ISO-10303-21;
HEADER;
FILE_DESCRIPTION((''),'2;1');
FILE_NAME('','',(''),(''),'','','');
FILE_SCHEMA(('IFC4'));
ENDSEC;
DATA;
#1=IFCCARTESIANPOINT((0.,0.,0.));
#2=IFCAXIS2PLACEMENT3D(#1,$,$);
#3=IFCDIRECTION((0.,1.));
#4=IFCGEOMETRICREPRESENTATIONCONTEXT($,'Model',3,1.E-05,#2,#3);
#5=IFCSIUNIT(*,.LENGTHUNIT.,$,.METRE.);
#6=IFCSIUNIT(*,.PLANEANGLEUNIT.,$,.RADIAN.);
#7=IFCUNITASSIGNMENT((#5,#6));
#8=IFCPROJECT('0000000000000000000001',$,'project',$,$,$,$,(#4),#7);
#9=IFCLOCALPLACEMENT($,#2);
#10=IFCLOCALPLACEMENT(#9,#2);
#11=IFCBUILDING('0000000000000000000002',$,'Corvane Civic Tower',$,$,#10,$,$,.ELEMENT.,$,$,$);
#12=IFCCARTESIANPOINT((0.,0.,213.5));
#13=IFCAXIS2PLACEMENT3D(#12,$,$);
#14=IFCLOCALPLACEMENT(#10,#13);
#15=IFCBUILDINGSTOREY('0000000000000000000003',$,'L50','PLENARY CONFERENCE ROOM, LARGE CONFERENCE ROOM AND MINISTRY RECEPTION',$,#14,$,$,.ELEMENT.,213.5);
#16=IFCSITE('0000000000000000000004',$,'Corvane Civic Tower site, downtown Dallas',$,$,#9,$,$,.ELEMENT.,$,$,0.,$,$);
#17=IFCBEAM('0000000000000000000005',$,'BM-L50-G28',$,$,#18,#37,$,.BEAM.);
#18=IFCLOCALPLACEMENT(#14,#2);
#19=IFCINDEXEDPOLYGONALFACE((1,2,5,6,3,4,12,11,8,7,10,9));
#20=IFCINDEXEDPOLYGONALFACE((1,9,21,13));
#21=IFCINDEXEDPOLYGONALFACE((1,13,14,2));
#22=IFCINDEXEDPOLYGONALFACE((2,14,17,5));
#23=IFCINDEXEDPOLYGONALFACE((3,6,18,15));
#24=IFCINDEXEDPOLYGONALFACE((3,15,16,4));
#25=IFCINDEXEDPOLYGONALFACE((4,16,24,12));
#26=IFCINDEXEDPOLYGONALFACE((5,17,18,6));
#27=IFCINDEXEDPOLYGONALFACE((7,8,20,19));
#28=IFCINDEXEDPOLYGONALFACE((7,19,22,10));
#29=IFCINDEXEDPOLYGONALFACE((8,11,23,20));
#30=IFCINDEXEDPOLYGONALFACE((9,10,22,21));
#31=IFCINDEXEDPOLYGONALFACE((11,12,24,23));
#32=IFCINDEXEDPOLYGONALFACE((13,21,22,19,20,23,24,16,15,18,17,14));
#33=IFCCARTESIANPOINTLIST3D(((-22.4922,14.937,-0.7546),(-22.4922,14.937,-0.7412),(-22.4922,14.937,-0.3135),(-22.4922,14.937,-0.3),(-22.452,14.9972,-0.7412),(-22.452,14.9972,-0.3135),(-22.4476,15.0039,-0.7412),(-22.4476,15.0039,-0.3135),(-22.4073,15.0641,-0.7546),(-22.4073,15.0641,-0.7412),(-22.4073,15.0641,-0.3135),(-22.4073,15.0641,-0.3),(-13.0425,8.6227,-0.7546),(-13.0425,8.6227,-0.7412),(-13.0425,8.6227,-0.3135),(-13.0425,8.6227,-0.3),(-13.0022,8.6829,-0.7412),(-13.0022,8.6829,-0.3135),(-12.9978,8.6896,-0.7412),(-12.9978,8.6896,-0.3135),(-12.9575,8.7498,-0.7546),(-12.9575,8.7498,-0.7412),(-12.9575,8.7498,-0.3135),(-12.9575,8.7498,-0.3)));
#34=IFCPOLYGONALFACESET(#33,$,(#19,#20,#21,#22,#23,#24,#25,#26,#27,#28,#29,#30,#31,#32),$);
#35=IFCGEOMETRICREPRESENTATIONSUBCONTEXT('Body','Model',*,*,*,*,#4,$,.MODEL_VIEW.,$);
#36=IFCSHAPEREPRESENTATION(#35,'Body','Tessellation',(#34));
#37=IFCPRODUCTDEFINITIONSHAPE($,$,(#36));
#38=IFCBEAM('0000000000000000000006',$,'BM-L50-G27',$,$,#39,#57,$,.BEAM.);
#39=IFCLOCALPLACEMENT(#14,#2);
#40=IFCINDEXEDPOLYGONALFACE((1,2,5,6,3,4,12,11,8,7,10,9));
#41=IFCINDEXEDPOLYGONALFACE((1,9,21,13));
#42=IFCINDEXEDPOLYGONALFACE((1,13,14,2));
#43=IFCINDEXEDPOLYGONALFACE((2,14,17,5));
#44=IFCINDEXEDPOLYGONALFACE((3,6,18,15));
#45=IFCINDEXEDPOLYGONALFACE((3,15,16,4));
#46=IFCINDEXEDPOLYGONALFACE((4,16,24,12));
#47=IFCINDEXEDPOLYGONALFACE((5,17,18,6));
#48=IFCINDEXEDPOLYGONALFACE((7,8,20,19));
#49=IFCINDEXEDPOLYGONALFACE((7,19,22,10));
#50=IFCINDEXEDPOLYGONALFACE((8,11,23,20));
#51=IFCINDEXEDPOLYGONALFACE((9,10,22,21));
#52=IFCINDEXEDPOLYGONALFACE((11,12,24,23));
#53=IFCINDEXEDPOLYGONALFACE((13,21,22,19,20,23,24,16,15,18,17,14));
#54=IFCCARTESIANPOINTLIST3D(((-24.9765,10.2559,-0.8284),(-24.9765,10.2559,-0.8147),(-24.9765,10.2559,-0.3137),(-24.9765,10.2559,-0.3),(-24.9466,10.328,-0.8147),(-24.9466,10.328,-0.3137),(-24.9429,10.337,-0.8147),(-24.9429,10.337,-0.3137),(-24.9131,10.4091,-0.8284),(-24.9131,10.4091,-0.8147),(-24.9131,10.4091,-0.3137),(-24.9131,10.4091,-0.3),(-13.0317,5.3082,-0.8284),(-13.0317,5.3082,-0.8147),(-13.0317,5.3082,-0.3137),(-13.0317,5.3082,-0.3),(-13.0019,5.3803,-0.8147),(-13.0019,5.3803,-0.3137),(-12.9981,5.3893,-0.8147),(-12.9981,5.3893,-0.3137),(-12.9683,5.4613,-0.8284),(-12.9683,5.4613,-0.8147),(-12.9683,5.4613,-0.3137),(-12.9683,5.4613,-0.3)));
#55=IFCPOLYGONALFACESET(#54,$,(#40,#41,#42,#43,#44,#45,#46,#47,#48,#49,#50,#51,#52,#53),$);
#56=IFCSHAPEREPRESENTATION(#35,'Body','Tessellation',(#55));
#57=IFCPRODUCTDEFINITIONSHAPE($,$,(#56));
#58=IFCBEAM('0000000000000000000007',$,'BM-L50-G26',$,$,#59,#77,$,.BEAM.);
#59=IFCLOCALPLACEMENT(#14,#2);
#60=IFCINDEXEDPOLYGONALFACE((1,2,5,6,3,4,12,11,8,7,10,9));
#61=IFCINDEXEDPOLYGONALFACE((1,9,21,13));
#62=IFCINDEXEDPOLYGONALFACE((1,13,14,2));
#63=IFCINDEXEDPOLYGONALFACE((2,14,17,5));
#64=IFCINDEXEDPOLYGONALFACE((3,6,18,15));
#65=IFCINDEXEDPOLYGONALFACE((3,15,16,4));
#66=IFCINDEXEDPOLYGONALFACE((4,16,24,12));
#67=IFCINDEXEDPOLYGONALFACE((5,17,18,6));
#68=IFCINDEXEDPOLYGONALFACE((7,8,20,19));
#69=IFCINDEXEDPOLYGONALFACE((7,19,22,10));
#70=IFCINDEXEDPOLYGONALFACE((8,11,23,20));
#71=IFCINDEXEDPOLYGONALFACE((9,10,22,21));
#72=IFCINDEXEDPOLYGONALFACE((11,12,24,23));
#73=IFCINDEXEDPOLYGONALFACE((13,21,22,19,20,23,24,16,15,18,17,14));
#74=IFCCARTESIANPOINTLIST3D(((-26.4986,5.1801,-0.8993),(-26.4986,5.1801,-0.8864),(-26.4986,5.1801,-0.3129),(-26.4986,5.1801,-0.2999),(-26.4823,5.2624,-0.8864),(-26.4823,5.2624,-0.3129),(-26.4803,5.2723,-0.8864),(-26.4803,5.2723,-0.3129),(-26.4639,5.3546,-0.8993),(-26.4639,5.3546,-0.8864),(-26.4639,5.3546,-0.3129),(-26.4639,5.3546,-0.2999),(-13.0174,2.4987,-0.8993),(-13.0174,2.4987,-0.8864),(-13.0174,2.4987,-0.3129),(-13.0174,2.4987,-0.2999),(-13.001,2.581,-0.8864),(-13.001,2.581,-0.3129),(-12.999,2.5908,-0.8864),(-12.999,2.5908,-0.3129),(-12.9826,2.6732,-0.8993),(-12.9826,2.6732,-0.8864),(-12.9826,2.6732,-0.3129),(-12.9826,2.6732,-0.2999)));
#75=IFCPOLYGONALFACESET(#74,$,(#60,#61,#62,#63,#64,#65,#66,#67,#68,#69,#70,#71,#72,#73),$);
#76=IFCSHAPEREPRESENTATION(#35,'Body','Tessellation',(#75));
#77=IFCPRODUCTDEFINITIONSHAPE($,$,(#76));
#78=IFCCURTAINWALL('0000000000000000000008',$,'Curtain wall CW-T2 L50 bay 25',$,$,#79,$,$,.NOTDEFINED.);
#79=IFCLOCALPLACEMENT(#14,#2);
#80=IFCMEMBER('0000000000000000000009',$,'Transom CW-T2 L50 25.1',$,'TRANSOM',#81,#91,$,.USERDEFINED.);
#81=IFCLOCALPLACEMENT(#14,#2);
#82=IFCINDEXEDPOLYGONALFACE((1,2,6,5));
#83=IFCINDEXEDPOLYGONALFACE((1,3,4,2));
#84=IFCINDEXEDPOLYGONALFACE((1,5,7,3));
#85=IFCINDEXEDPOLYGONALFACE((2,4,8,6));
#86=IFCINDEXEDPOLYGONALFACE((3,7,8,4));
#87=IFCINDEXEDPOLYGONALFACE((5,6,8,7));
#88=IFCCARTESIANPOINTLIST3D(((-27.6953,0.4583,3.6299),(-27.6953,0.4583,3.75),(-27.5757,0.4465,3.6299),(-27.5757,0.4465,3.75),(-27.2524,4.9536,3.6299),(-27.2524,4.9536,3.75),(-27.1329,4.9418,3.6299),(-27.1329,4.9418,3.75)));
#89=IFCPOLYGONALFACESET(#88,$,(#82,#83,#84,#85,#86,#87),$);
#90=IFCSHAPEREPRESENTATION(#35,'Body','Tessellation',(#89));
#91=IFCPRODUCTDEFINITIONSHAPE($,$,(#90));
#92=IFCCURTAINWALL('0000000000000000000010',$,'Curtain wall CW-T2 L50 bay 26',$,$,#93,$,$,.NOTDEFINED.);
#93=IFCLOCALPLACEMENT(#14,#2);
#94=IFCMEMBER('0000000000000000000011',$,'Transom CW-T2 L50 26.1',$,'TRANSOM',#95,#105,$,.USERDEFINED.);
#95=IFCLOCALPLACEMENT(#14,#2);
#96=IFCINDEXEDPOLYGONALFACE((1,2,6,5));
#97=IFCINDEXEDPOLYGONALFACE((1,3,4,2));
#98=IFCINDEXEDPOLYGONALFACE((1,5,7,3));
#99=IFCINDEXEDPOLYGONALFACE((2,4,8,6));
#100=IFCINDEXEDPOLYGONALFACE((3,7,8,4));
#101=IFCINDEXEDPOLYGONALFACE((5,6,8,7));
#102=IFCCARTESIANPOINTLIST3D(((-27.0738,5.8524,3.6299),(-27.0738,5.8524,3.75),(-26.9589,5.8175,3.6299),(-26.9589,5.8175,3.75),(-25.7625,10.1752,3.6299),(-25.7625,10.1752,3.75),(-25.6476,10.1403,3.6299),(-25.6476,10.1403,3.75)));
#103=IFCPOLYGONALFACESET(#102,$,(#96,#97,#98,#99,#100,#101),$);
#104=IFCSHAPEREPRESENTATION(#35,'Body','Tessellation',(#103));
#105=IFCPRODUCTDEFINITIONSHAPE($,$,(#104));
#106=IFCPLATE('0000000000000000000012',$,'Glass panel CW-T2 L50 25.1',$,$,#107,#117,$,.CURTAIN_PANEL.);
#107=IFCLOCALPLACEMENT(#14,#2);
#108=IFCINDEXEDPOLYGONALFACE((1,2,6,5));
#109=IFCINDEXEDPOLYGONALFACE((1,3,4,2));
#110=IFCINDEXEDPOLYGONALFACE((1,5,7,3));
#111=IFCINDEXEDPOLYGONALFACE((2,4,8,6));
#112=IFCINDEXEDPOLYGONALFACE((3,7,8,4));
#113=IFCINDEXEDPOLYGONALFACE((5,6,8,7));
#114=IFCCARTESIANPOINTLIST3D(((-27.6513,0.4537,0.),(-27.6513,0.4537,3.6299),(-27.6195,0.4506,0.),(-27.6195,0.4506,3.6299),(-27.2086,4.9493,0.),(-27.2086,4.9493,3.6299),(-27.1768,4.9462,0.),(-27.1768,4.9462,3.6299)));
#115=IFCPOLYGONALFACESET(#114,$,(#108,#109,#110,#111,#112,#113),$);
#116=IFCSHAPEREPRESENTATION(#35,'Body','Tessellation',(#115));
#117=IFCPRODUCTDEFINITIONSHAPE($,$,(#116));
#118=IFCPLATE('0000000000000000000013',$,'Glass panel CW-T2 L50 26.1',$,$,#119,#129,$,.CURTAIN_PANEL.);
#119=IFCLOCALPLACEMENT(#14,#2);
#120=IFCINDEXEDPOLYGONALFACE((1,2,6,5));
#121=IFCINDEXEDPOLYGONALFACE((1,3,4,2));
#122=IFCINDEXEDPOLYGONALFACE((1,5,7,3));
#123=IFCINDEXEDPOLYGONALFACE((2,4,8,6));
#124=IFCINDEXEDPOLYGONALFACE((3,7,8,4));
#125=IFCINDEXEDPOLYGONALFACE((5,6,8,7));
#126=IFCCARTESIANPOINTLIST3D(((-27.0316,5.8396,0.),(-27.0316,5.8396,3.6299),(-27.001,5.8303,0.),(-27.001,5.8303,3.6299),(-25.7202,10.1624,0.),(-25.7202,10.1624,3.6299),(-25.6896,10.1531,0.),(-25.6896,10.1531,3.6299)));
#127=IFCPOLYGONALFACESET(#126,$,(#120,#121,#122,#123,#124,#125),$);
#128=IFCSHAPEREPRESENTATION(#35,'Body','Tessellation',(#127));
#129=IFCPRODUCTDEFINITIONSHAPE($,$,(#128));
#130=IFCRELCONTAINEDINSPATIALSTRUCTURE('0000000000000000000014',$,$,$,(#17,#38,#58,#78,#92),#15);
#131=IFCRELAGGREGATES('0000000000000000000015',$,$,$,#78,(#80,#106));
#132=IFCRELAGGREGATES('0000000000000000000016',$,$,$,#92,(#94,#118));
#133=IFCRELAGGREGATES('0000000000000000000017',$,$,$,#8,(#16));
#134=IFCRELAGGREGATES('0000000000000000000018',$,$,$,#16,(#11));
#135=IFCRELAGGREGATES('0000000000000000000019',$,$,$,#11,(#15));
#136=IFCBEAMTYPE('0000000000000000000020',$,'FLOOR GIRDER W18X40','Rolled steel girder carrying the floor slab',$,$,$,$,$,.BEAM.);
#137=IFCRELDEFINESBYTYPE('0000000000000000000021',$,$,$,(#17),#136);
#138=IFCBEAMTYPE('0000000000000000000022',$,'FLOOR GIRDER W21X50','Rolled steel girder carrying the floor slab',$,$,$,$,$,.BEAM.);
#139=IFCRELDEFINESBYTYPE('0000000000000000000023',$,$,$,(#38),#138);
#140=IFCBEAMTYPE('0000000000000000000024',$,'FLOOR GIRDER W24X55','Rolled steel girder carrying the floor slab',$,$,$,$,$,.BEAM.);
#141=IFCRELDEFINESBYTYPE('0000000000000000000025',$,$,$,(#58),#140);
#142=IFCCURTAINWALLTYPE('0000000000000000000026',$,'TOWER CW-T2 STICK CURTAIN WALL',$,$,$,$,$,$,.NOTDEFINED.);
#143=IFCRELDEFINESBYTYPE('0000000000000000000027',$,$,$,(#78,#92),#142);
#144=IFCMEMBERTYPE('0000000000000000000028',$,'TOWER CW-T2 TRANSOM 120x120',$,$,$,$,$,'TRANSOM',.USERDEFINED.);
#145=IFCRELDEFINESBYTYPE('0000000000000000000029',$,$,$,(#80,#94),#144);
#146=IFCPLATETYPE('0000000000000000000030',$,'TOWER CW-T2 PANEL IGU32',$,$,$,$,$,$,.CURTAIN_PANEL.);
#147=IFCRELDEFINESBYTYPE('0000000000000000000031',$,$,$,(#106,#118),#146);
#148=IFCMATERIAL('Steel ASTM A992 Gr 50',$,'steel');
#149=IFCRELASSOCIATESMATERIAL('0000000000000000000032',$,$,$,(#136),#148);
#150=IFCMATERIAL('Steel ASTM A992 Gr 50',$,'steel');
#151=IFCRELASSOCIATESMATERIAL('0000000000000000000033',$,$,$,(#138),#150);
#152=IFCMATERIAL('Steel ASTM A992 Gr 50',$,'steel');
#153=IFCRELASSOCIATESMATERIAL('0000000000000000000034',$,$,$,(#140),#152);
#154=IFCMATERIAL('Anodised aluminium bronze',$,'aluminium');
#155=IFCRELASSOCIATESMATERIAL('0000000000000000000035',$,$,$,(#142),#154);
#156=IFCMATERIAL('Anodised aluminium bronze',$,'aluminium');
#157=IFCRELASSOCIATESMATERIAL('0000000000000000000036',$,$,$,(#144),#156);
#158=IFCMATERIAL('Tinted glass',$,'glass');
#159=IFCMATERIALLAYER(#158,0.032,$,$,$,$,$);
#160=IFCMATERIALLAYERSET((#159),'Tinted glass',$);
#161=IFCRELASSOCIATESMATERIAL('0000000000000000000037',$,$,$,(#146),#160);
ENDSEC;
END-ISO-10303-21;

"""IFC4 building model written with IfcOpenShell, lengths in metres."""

from ifc_helpers import new_model, si_unit, direction, frame, origin, origin_2d, place, context, subcontext, project, spatial, rectangle, i_section, extrude, material, layer, layer_set, material_profile, profile_set, type_object, element, aggregate, save


model = new_model("IFC4")

# Units and contexts
model_context = context("Model", 3, precision=1e-05, world=origin(), true_north=direction((0.0, 1.0)))
body_context = subcontext(model_context, "Body", "Model", "MODEL_VIEW")
ifc_project = project(units=[si_unit("LENGTHUNIT", "METRE"), si_unit("PLANEANGLEUNIT", "RADIAN")], contexts=[model_context])

# Site, building, storey
site_placement = place(None, origin())
site = spatial("IfcSite", under=ifc_project, at=site_placement, Name="Corvane Civic Tower site, downtown Dallas", CompositionType="ELEMENT", RefElevation=0.0)
building_placement = place(site_placement, origin())
building = spatial("IfcBuilding", under=site, at=building_placement, Name="Corvane Civic Tower", CompositionType="ELEMENT")
storey_placement = place(building_placement, frame((0.0, 0.0, 213.5)))
storey = spatial("IfcBuildingStorey", under=building, at=storey_placement, Name="L50", Description="PLENARY CONFERENCE ROOM, LARGE CONFERENCE ROOM AND MINISTRY RECEPTION", CompositionType="ELEMENT", Elevation=213.5)

# Beams
ifc_material_1 = material(Name="Steel ASTM A992 Gr 50", Category="steel")
ifc_material_profile_1 = material_profile(ifc_material_1, i_section(OverallWidth=0.1528, OverallDepth=0.4546, WebThickness=0.0081, FlangeThickness=0.0134, at=origin_2d()), Name="W18X40")
ifc_profile_set_1 = profile_set([ifc_material_profile_1], Name="Steel ASTM A992 Gr 50")
beam_type_1 = type_object("IfcBeamType", Name="FLOOR GIRDER W18X40", Description="Rolled steel girder carrying the floor slab", PredefinedType="BEAM", material=ifc_profile_set_1)
beam_1_placement = place(storey_placement, frame((-13.0, 8.6863, -0.5273), z_axis=(-0.831465, 0.555577, 0.0), x_axis=(-0.555577, -0.831465, 0.0)))
element("IfcBeam", 1, at=beam_1_placement, inside=storey, type_object=beam_type_1, Name="BM-L50-G28", PredefinedType="BEAM", context=body_context, shape_type="SweptSolid", body=[
    extrude(i_section(OverallWidth=0.1528, OverallDepth=0.4546, WebThickness=0.0081, FlangeThickness=0.0134, at=origin_2d()), origin(), (0.0, 0.0, 1.0), 11.3652),
])
ifc_material_2 = material(Name="Steel ASTM A992 Gr 50", Category="steel")
ifc_material_profile_2 = material_profile(ifc_material_2, i_section(OverallWidth=0.1658, OverallDepth=0.5283, WebThickness=0.0098, FlangeThickness=0.0137, at=origin_2d()), Name="W21X50")
ifc_profile_set_2 = profile_set([ifc_material_profile_2], Name="Steel ASTM A992 Gr 50")
beam_type_2 = type_object("IfcBeamType", Name="FLOOR GIRDER W21X50", Description="Rolled steel girder carrying the floor slab", PredefinedType="BEAM", material=ifc_profile_set_2)
beam_2_placement = place(storey_placement, frame((-13.0, 5.3848, -0.5642), z_axis=(-0.923878, 0.382686, 0.0), x_axis=(-0.382686, -0.923878, 0.0)))
element("IfcBeam", 2, at=beam_2_placement, inside=storey, type_object=beam_type_2, Name="BM-L50-G27", PredefinedType="BEAM", context=body_context, shape_type="SweptSolid", body=[
    extrude(i_section(OverallWidth=0.1658, OverallDepth=0.5283, WebThickness=0.0098, FlangeThickness=0.0137, at=origin_2d()), origin(), (0.0, 0.0, 1.0), 12.929),
])
ifc_material_3 = material(Name="Steel ASTM A992 Gr 50", Category="steel")
ifc_material_profile_3 = material_profile(ifc_material_3, i_section(OverallWidth=0.178, OverallDepth=0.5994, WebThickness=0.01, FlangeThickness=0.0129, at=origin_2d()), Name="W24X55")
ifc_profile_set_3 = profile_set([ifc_material_profile_3], Name="Steel ASTM A992 Gr 50")
beam_type_3 = type_object("IfcBeamType", Name="FLOOR GIRDER W24X55", Description="Rolled steel girder carrying the floor slab", PredefinedType="BEAM", material=ifc_profile_set_3)
beam_3_placement = place(storey_placement, frame((-13.0, 2.5859, -0.5996), z_axis=(-0.980788, 0.195078, 0.0), x_axis=(-0.195078, -0.980788, 0.0)))
element("IfcBeam", 3, at=beam_3_placement, inside=storey, type_object=beam_type_3, Name="BM-L50-G26", PredefinedType="BEAM", context=body_context, shape_type="SweptSolid", body=[
    extrude(i_section(OverallWidth=0.178, OverallDepth=0.5994, WebThickness=0.01, FlangeThickness=0.0129, at=origin_2d()), origin(), (0.0, 0.0, 1.0), 13.7454),
])

# Curtain walls, members
ifc_material_4 = material(Name="Anodised aluminium bronze", Category="aluminium")
curtain_wall_type = type_object("IfcCurtainWallType", Name="TOWER CW-T2 STICK CURTAIN WALL", PredefinedType="NOTDEFINED", material=ifc_material_4)
curtain_wall_1_placement = place(storey_placement, origin())
curtain_wall_1 = element("IfcCurtainWall", 4, at=curtain_wall_1_placement, inside=storey, type_object=curtain_wall_type, Name="Curtain wall CW-T2 L50 bay 25", PredefinedType="NOTDEFINED")
ifc_material_5 = material(Name="Anodised aluminium bronze", Category="aluminium")
ifc_material_profile_4 = material_profile(ifc_material_5, rectangle(XDim=0.1201, YDim=0.1201, at=origin_2d()), Name="TOWER CW-T2 TRANSOM 120x120")
ifc_profile_set_4 = profile_set([ifc_material_profile_4], Name="Anodised aluminium bronze")
member_type = type_object("IfcMemberType", Name="TOWER CW-T2 TRANSOM 120x120", ElementType="TRANSOM", PredefinedType="USERDEFINED", material=ifc_profile_set_4)
member_1_placement = place(storey_placement, frame((-27.6355, 0.4524, 3.6899), z_axis=(0.098043, 0.995182, 0.0), x_axis=(-0.995182, 0.098043, 0.0)))
member_1 = element("IfcMember", 5, at=member_1_placement, type_object=member_type, Name="Transom CW-T2 L50 25.1", ObjectType="TRANSOM", PredefinedType="USERDEFINED", context=body_context, shape_type="SweptSolid", body=[
    extrude(rectangle(XDim=0.1201, YDim=0.1201, at=origin_2d()), origin(), (0.0, 0.0, 1.0), 4.5171),
])
curtain_wall_2_placement = place(storey_placement, origin())
curtain_wall_2 = element("IfcCurtainWall", 6, at=curtain_wall_2_placement, inside=storey, type_object=curtain_wall_type, Name="Curtain wall CW-T2 L50 bay 26", PredefinedType="NOTDEFINED")
member_2_placement = place(storey_placement, frame((-27.0164, 5.835, 3.6899), z_axis=(0.290282, 0.956941, 0.0), x_axis=(-0.956941, 0.290282, 0.0)))
member_2 = element("IfcMember", 7, at=member_2_placement, type_object=member_type, Name="Transom CW-T2 L50 26.1", ObjectType="TRANSOM", PredefinedType="USERDEFINED", context=body_context, shape_type="SweptSolid", body=[
    extrude(rectangle(XDim=0.1201, YDim=0.1201, at=origin_2d()), origin(), (0.0, 0.0, 1.0), 4.5173),
])

# Plates
ifc_material_6 = material(Name="Tinted glass", Category="glass")
ifc_layer_1 = layer(ifc_material_6, 0.032)
ifc_layer_set_1 = layer_set([ifc_layer_1], Name="Tinted glass")
plate_type = type_object("IfcPlateType", Name="TOWER CW-T2 PANEL IGU32", PredefinedType="CURTAIN_PANEL", material=ifc_layer_set_1)
plate_1_placement = place(storey_placement, frame((-27.4141, 2.7, 0.0), z_axis=(0.0, 0.0, 1.0), x_axis=(0.097993, 0.995187, 0.0)))
plate_1 = element("IfcPlate", 8, at=plate_1_placement, type_object=plate_type, Name="Glass panel CW-T2 L50 25.1", PredefinedType="CURTAIN_PANEL", context=body_context, shape_type="SweptSolid", body=[
    extrude(rectangle(XDim=4.5173, YDim=0.032, at=origin_2d()), origin(), (0.0, 0.0, 1.0), 3.6299),
])
aggregate(curtain_wall_1, [member_1, plate_1])
plate_2_placement = place(storey_placement, frame((-26.3606, 7.9963, 0.0), z_axis=(0.0, 0.0, 1.0), x_axis=(0.29029, 0.956939, 0.0)))
plate_2 = element("IfcPlate", 9, at=plate_2_placement, type_object=plate_type, Name="Glass panel CW-T2 L50 26.1", PredefinedType="CURTAIN_PANEL", context=body_context, shape_type="SweptSolid", body=[
    extrude(rectangle(XDim=4.5173, YDim=0.032, at=origin_2d()), origin(), (0.0, 0.0, 1.0), 3.6299),
])
aggregate(curtain_wall_2, [member_2, plate_2])

save(model, "model.ifc")
